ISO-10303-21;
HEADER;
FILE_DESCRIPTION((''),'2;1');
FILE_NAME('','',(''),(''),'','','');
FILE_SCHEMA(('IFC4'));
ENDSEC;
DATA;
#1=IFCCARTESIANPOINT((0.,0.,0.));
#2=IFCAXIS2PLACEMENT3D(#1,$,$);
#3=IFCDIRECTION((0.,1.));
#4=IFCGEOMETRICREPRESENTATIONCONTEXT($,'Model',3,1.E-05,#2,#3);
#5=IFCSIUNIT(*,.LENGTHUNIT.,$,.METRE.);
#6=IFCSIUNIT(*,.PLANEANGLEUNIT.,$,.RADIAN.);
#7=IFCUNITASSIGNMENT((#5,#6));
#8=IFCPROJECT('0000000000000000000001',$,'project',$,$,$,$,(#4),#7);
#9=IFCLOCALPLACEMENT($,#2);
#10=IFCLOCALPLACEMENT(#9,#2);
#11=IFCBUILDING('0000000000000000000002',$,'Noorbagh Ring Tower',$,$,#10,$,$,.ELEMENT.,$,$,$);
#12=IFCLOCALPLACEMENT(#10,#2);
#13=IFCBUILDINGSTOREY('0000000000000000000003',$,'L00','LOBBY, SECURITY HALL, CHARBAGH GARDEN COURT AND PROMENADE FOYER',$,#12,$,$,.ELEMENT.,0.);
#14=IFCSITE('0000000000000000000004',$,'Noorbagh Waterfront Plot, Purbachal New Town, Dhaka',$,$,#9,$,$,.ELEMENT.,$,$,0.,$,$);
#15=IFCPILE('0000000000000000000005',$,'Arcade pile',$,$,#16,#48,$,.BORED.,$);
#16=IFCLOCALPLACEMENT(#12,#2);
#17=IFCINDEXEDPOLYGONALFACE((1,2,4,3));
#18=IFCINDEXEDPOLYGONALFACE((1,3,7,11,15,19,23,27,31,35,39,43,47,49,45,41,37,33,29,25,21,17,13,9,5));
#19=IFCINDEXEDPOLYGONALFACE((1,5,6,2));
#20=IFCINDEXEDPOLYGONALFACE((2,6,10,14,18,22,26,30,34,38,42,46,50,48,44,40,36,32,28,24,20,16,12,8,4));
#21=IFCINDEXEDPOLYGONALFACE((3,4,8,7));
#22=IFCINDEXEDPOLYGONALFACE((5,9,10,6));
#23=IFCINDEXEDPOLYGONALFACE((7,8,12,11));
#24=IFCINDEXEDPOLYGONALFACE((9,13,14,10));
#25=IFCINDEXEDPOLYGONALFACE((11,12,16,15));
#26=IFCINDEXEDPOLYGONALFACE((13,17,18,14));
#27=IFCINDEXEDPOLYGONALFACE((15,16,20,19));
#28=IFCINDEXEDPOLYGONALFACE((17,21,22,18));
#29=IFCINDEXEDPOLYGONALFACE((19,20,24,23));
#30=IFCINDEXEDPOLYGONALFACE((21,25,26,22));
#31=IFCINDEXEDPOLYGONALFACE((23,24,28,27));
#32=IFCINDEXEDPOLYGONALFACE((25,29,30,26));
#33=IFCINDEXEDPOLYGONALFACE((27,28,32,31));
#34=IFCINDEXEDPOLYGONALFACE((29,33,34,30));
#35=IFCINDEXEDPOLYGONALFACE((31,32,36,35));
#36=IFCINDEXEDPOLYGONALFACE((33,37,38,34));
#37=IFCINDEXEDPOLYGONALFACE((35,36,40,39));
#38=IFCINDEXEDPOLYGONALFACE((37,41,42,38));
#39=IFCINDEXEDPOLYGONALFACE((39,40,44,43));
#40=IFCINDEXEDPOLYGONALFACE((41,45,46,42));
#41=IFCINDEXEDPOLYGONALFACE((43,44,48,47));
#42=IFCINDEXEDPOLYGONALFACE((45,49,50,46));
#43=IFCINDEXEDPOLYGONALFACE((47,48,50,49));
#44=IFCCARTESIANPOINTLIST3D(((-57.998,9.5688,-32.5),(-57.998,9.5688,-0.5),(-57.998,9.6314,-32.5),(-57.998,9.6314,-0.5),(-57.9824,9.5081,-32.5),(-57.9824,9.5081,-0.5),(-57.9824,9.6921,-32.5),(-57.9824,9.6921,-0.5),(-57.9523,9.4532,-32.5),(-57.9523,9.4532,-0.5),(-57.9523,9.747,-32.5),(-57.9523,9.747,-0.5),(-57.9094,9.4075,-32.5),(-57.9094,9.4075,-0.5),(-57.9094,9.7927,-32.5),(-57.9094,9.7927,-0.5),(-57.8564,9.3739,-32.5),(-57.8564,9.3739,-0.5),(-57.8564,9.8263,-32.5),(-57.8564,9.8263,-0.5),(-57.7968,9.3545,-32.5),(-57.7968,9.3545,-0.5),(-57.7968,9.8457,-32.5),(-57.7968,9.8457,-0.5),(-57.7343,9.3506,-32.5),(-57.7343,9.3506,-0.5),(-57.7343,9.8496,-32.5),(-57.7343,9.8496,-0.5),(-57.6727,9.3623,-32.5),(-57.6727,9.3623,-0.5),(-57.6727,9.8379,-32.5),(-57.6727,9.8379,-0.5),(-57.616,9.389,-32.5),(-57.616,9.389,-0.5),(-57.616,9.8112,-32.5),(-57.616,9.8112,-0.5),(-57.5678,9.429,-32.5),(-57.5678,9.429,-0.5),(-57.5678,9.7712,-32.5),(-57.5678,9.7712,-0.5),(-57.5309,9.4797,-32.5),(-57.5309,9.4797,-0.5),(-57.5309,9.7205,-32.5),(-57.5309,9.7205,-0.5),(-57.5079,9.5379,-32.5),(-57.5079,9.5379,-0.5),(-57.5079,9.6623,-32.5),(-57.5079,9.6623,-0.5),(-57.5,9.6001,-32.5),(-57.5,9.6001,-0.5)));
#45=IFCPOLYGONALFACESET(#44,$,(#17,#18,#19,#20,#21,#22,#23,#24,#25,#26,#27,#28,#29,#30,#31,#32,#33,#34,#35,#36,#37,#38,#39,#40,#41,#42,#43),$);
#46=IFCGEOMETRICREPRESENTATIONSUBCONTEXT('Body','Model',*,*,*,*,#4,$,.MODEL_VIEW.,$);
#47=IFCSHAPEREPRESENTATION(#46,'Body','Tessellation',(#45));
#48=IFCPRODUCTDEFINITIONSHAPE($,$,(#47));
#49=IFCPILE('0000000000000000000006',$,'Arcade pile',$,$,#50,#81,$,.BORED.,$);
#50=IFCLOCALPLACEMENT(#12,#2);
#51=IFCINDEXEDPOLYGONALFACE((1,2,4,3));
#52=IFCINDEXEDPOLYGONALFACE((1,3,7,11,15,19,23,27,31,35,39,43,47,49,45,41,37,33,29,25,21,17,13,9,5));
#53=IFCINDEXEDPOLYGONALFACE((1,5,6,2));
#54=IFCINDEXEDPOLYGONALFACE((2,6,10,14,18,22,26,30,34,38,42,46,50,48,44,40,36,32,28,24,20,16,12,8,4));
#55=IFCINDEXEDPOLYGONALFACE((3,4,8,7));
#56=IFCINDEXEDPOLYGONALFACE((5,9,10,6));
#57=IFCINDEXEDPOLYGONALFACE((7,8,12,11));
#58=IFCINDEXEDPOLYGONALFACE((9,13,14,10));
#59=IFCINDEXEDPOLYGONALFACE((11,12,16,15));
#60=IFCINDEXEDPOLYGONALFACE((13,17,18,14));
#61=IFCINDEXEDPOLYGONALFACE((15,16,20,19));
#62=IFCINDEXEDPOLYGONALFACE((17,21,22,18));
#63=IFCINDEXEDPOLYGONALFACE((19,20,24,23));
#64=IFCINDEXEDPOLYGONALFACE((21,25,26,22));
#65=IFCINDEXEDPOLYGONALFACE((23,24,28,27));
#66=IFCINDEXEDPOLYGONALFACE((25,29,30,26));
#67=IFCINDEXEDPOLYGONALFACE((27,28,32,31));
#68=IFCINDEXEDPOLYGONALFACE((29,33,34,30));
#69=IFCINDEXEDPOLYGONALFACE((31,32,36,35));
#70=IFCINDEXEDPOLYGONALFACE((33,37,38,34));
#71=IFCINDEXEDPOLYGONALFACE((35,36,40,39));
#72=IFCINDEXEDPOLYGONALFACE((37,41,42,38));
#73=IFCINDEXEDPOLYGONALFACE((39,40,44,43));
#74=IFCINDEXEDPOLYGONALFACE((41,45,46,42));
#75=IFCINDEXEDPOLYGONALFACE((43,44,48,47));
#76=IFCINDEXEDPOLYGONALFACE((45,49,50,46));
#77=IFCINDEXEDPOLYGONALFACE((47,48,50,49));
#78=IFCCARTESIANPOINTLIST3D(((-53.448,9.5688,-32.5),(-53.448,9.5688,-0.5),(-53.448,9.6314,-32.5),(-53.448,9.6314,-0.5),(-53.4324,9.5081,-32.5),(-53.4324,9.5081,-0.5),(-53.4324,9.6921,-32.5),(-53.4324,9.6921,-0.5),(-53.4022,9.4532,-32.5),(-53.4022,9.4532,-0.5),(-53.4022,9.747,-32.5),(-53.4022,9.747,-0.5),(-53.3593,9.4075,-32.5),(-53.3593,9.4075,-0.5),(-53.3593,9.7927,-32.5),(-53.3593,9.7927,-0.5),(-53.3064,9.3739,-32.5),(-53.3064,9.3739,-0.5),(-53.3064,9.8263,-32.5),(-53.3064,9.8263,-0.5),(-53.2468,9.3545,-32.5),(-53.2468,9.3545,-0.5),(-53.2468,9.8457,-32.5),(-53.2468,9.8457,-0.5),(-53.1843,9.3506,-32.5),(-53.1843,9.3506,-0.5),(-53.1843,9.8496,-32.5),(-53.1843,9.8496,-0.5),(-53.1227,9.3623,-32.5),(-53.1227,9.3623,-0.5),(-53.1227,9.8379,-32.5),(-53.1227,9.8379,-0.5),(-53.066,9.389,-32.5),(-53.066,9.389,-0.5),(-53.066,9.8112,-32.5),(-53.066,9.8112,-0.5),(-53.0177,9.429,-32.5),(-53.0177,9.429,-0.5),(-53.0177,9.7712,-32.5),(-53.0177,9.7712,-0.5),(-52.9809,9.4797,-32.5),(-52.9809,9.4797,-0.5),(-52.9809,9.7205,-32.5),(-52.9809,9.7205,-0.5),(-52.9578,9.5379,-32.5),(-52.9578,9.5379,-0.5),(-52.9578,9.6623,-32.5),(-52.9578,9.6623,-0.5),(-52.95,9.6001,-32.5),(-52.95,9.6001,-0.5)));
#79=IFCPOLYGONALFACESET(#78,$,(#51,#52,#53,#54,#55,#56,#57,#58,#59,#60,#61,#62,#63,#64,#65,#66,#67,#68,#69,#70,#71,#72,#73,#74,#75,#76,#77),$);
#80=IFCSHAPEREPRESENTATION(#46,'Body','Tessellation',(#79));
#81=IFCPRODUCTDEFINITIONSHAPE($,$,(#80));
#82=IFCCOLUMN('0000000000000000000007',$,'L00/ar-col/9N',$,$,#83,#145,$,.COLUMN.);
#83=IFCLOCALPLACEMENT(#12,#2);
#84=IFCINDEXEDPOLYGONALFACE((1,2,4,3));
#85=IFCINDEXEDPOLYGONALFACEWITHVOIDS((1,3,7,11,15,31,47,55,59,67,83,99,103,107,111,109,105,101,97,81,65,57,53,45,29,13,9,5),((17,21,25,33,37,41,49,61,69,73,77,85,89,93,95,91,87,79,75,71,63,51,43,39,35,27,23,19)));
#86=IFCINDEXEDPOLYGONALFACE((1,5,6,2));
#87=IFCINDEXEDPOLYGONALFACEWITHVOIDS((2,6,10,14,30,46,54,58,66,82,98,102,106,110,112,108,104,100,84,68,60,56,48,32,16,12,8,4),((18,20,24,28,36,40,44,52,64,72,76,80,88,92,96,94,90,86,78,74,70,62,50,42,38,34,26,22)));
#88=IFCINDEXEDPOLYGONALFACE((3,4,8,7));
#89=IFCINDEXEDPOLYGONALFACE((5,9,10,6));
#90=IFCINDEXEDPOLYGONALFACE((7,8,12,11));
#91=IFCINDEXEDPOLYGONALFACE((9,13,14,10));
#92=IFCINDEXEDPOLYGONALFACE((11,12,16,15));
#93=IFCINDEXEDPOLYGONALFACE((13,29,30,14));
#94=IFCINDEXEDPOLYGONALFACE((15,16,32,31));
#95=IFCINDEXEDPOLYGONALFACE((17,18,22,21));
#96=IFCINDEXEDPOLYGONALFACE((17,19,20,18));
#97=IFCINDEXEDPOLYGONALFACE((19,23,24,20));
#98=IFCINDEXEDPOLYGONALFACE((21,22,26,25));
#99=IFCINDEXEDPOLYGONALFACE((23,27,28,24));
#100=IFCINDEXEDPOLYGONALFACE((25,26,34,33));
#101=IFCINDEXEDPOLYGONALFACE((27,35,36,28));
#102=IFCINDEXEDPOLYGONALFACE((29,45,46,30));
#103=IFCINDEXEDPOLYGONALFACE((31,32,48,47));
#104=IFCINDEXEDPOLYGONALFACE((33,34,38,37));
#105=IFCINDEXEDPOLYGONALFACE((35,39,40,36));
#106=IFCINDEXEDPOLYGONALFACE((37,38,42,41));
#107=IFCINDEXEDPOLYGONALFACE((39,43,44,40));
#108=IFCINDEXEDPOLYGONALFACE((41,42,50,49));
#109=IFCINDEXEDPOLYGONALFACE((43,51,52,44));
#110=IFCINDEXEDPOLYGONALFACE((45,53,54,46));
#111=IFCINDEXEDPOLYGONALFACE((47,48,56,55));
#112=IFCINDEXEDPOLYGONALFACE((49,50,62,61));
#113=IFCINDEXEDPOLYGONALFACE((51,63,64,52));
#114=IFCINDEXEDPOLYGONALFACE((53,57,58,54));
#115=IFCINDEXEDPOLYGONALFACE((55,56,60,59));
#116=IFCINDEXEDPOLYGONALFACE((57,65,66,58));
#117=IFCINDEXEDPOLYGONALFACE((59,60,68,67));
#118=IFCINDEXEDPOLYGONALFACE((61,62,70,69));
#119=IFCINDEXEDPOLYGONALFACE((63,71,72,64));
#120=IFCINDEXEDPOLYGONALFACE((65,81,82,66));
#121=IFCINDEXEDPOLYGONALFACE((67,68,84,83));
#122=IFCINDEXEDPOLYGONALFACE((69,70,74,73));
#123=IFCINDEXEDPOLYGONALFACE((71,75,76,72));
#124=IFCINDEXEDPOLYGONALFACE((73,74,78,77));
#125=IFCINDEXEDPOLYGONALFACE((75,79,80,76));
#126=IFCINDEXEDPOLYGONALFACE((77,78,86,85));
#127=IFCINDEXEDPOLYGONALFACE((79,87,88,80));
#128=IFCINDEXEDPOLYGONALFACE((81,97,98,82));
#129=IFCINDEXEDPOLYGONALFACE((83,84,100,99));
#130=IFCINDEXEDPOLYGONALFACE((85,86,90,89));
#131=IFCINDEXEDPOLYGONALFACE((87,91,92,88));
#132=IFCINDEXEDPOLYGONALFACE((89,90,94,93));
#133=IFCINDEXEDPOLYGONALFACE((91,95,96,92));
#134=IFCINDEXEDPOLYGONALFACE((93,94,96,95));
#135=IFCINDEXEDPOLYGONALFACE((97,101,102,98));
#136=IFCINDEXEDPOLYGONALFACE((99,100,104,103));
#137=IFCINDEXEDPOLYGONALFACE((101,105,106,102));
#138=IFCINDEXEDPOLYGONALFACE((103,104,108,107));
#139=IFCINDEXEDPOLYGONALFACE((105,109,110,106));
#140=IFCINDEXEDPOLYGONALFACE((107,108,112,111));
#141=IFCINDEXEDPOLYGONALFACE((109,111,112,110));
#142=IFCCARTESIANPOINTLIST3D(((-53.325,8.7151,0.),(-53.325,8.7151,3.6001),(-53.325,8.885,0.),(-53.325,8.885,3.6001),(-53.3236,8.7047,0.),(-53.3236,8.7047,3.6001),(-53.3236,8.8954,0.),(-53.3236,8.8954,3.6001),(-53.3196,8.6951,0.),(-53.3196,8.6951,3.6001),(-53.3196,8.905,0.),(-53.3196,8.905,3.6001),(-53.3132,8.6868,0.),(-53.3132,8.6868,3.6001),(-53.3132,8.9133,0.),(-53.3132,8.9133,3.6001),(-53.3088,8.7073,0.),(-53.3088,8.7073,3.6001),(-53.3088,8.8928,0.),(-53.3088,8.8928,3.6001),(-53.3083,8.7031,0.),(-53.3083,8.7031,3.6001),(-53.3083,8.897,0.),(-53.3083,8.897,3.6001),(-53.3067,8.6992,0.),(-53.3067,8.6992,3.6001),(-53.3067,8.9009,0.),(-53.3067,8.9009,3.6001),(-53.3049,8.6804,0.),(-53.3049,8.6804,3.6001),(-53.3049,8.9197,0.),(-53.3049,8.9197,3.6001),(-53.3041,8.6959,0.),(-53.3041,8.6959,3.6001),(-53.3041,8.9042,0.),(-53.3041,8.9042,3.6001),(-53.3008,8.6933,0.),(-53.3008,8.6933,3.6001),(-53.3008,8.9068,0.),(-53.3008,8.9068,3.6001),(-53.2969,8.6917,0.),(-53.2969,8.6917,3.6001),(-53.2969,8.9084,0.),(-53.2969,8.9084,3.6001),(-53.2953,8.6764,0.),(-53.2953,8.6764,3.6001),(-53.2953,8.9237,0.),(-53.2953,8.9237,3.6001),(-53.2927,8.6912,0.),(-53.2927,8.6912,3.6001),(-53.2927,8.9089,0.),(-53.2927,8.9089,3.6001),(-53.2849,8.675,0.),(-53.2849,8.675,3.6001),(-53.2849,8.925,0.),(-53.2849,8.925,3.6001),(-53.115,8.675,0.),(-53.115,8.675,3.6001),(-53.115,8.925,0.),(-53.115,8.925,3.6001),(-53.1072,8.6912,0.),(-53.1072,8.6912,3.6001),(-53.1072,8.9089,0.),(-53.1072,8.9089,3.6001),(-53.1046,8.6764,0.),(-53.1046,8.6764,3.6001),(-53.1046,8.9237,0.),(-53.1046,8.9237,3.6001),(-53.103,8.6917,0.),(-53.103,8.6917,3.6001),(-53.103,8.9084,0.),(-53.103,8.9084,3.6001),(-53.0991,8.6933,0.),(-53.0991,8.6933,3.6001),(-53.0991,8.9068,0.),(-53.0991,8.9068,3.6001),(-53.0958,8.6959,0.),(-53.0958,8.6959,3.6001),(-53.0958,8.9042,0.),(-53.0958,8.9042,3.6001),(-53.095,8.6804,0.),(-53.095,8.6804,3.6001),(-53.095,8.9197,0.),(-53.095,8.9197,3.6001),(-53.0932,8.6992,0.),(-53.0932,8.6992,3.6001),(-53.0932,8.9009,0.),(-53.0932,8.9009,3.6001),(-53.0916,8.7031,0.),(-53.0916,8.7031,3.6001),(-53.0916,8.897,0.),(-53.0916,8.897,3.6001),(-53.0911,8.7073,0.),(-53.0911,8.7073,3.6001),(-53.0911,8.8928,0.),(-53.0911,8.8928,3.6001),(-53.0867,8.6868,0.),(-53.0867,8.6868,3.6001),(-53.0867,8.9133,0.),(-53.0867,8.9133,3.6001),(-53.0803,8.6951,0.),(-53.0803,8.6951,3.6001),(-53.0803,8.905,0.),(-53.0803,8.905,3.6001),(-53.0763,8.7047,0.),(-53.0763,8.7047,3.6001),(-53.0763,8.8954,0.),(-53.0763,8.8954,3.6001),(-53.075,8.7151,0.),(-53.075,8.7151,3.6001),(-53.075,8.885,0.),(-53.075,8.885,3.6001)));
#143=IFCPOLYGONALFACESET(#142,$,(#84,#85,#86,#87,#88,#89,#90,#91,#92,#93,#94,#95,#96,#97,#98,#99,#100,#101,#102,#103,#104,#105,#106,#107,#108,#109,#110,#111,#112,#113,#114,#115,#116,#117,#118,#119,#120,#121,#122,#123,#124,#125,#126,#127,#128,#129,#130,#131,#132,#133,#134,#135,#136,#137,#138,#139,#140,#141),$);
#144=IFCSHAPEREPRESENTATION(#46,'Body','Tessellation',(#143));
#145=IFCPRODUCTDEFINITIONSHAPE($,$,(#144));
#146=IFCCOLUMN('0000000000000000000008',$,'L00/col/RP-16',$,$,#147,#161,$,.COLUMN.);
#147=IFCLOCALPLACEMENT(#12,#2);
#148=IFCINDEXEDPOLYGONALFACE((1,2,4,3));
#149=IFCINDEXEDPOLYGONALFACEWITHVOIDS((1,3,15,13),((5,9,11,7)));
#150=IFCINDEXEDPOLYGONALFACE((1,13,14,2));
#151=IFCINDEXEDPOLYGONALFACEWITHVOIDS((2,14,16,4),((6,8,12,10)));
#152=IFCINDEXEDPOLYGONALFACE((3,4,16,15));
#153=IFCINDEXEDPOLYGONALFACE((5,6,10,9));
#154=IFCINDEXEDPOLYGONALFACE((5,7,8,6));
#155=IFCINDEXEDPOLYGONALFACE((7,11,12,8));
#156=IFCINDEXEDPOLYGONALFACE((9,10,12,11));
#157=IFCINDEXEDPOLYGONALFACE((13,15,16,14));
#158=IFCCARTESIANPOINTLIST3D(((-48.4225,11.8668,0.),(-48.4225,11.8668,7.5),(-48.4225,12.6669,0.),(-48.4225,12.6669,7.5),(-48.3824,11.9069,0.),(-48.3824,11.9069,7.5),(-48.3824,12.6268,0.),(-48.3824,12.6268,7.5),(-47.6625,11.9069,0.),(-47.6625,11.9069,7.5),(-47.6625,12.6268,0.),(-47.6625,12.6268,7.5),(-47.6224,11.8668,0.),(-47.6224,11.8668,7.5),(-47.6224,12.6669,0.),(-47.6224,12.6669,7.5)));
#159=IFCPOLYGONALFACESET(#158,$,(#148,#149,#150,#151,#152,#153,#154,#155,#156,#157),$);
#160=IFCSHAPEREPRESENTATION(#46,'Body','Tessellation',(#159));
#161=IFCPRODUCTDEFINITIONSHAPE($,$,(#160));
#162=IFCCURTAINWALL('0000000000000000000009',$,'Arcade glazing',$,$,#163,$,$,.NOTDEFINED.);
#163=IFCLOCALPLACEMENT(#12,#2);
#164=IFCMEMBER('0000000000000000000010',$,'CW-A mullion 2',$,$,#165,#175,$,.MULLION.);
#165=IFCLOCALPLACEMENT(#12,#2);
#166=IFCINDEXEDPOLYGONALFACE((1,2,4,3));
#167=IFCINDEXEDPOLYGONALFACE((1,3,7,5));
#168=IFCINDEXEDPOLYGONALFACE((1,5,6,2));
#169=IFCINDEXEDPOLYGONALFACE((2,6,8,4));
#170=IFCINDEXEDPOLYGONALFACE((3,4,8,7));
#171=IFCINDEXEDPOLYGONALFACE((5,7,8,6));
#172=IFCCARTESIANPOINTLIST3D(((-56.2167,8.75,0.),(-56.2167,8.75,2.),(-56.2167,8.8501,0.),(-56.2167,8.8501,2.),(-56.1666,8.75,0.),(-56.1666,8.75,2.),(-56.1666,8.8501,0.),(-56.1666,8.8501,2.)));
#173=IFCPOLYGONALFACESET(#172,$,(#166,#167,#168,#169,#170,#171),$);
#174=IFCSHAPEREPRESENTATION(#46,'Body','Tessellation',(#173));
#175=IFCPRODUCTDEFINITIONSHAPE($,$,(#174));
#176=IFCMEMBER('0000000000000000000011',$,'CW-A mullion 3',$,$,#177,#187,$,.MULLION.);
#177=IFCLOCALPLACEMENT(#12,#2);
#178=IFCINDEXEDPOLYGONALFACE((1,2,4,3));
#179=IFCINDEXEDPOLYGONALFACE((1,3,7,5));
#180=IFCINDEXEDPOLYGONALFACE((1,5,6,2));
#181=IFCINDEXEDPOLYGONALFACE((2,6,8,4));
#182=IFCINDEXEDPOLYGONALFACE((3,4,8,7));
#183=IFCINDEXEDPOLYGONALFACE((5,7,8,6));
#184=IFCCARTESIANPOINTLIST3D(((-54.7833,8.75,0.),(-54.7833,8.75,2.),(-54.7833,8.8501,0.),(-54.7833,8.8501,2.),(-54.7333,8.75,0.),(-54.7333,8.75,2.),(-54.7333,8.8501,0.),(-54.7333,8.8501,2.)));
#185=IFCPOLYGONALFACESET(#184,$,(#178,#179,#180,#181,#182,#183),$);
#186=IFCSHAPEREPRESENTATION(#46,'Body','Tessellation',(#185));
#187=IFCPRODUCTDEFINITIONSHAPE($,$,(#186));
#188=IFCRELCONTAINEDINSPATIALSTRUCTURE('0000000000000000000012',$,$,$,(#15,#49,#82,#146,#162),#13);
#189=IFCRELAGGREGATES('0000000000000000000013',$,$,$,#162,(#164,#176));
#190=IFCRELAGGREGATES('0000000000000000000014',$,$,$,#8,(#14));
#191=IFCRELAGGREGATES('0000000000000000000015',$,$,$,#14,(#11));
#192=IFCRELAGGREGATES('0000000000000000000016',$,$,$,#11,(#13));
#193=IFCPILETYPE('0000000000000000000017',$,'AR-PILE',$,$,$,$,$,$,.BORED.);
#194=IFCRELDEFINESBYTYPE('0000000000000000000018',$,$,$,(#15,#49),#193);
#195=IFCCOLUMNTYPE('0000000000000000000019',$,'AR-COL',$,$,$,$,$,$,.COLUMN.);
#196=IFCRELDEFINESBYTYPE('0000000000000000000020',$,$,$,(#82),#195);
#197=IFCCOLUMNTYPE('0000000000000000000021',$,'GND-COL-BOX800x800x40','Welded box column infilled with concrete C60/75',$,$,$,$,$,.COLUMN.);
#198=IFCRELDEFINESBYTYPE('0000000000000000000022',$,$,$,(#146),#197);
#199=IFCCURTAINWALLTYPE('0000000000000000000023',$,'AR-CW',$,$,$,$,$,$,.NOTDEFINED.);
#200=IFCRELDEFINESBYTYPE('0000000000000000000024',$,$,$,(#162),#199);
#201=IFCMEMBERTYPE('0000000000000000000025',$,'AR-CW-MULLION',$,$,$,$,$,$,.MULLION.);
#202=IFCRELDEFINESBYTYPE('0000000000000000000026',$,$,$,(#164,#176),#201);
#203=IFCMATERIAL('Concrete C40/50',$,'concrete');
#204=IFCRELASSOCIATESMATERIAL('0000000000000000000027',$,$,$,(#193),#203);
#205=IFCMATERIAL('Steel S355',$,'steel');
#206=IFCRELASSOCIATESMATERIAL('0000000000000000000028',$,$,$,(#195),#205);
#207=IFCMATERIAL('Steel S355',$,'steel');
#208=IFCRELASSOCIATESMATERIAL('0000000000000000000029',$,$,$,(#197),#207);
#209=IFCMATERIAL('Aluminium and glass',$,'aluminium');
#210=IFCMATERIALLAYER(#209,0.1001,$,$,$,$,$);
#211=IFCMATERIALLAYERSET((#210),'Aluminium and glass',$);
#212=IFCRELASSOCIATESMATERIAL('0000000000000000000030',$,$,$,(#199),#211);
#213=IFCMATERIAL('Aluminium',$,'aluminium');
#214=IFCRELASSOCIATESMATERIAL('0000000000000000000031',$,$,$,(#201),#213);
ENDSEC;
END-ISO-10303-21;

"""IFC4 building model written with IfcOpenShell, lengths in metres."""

from ifc_helpers import new_model, si_unit, direction, frame, origin, origin_2d, place, context, subcontext, project, spatial, rectangle, hollow_rectangle, circle, extrude, material, layer, layer_set, material_profile, profile_set, type_object, element, aggregate, save


model = new_model("IFC4")

# Units and contexts
model_context = context("Model", 3, precision=1e-05, world=origin(), true_north=direction((0.0, 1.0)))
body_context = subcontext(model_context, "Body", "Model", "MODEL_VIEW")
ifc_project = project(units=[si_unit("LENGTHUNIT", "METRE"), si_unit("PLANEANGLEUNIT", "RADIAN")], contexts=[model_context])

# Site, building, storey
site_placement = place(None, origin())
site = spatial("IfcSite", under=ifc_project, at=site_placement, Name="Noorbagh Waterfront Plot, Purbachal New Town, Dhaka", CompositionType="ELEMENT", RefElevation=0.0)
building_placement = place(site_placement, origin())
building = spatial("IfcBuilding", under=site, at=building_placement, Name="Noorbagh Ring Tower", CompositionType="ELEMENT")
storey_placement = place(building_placement, origin())
storey = spatial("IfcBuildingStorey", under=building, at=storey_placement, Name="L00", Description="LOBBY, SECURITY HALL, CHARBAGH GARDEN COURT AND PROMENADE FOYER", CompositionType="ELEMENT", Elevation=0.0)

# Piles
ifc_material_1 = material(Name="Concrete C40/50", Category="concrete")
ifc_material_profile_1 = material_profile(ifc_material_1, circle(Radius=0.25, at=origin_2d()), Name="PILE500")
ifc_profile_set_1 = profile_set([ifc_material_profile_1], Name="Concrete C40/50")
pile_type = type_object("IfcPileType", Name="AR-PILE", PredefinedType="BORED", material=ifc_profile_set_1)
for number, where, z_axis, x_axis, name in (
    (1, (-57.75, 9.6001, -0.5), (0.0, 0.0, -1.0), (1.0, 0.0, 0.0), "Arcade pile"),
    (2, (-53.2, 9.6001, -0.5), (0.0, 0.0, -1.0), (1.0, 0.0, 0.0), "Arcade pile"),
):
    element("IfcPile", number, at=place(storey_placement, frame(where, z_axis=z_axis, x_axis=x_axis)), inside=storey, type_object=pile_type, Name=name, PredefinedType="BORED", context=body_context, shape_type="SweptSolid", body=[
        extrude(circle(Radius=0.25, at=origin_2d()), origin(), (0.0, 0.0, 1.0), 32.0),
    ])

# Columns
ifc_material_2 = material(Name="Steel S355", Category="steel")
ifc_material_profile_2 = material_profile(ifc_material_2, hollow_rectangle(XDim=0.25, YDim=0.25, WallThickness=0.0161, InnerFilletRadius=0.0161, OuterFilletRadius=0.04, at=origin_2d()), Name="SHS250x250x16")
ifc_profile_set_2 = profile_set([ifc_material_profile_2], Name="Steel S355")
column_type_1 = type_object("IfcColumnType", Name="AR-COL", PredefinedType="COLUMN", material=ifc_profile_set_2)
column_1_placement = place(storey_placement, frame((-53.2, 8.8, 0.0), z_axis=(0.0, 0.0, 1.0), x_axis=(1.0, 0.0, 0.0)))
element("IfcColumn", 3, at=column_1_placement, inside=storey, type_object=column_type_1, Name="L00/ar-col/9N", PredefinedType="COLUMN", context=body_context, shape_type="SweptSolid", body=[
    extrude(hollow_rectangle(XDim=0.25, YDim=0.25, WallThickness=0.0161, InnerFilletRadius=0.0161, OuterFilletRadius=0.04, at=origin_2d()), origin(), (0.0, 0.0, 1.0), 3.6001),
])
ifc_material_3 = material(Name="Steel S355", Category="steel")
ifc_material_profile_3 = material_profile(ifc_material_3, hollow_rectangle(XDim=0.8, YDim=0.8, WallThickness=0.04, at=origin_2d()), Name="BOX800x800x40")
ifc_profile_set_3 = profile_set([ifc_material_profile_3], Name="Steel S355")
column_type_2 = type_object("IfcColumnType", Name="GND-COL-BOX800x800x40", Description="Welded box column infilled with concrete C60/75", PredefinedType="COLUMN", material=ifc_profile_set_3)
column_2_placement = place(storey_placement, frame((-48.0225, 12.2668, 0.0), z_axis=(0.0, 0.0, 1.0), x_axis=(1.0, 0.0, 0.0)))
element("IfcColumn", 4, at=column_2_placement, inside=storey, type_object=column_type_2, Name="L00/col/RP-16", PredefinedType="COLUMN", context=body_context, shape_type="SweptSolid", body=[
    extrude(hollow_rectangle(XDim=0.8, YDim=0.8, WallThickness=0.04, at=origin_2d()), origin(), (0.0, 0.0, 1.0), 7.5),
])

# Curtain wall, members
ifc_material_4 = material(Name="Aluminium and glass", Category="aluminium")
ifc_layer_1 = layer(ifc_material_4, 0.1001)
ifc_layer_set_1 = layer_set([ifc_layer_1], Name="Aluminium and glass")
curtain_wall_type = type_object("IfcCurtainWallType", Name="AR-CW", PredefinedType="NOTDEFINED", material=ifc_layer_set_1)
curtain_wall_placement = place(storey_placement, origin())
curtain_wall = element("IfcCurtainWall", 5, at=curtain_wall_placement, inside=storey, type_object=curtain_wall_type, Name="Arcade glazing", PredefinedType="NOTDEFINED")
ifc_material_5 = material(Name="Aluminium", Category="aluminium")
ifc_material_profile_4 = material_profile(ifc_material_5, rectangle(XDim=0.1001, YDim=0.05, at=origin_2d()), Name="AL 100x50")
ifc_profile_set_4 = profile_set([ifc_material_profile_4], Name="Aluminium")
member_type_1 = type_object("IfcMemberType", Name="AR-CW-MULLION", PredefinedType="MULLION", material=ifc_profile_set_4)
member_1_placement = place(storey_placement, frame((-56.1917, 8.8, 0.0), z_axis=(0.0, 0.0, 1.0), x_axis=(0.0, 1.0, 0.0)))
member_1 = element("IfcMember", 6, at=member_1_placement, type_object=member_type_1, Name="CW-A mullion 2", PredefinedType="MULLION", context=body_context, shape_type="SweptSolid", body=[
    extrude(rectangle(XDim=0.1001, YDim=0.05, at=origin_2d()), origin(), (0.0, 0.0, 1.0), 2.0),
])
member_2_placement = place(storey_placement, frame((-54.7583, 8.8, 0.0), z_axis=(0.0, 0.0, 1.0), x_axis=(0.0, 1.0, 0.0)))
member_2 = element("IfcMember", 7, at=member_2_placement, type_object=member_type_1, Name="CW-A mullion 3", PredefinedType="MULLION", context=body_context, shape_type="SweptSolid", body=[
    extrude(rectangle(XDim=0.1001, YDim=0.05, at=origin_2d()), origin(), (0.0, 0.0, 1.0), 2.0),
])

aggregate(curtain_wall, [member_1, member_2])

save(model, "model.ifc")
